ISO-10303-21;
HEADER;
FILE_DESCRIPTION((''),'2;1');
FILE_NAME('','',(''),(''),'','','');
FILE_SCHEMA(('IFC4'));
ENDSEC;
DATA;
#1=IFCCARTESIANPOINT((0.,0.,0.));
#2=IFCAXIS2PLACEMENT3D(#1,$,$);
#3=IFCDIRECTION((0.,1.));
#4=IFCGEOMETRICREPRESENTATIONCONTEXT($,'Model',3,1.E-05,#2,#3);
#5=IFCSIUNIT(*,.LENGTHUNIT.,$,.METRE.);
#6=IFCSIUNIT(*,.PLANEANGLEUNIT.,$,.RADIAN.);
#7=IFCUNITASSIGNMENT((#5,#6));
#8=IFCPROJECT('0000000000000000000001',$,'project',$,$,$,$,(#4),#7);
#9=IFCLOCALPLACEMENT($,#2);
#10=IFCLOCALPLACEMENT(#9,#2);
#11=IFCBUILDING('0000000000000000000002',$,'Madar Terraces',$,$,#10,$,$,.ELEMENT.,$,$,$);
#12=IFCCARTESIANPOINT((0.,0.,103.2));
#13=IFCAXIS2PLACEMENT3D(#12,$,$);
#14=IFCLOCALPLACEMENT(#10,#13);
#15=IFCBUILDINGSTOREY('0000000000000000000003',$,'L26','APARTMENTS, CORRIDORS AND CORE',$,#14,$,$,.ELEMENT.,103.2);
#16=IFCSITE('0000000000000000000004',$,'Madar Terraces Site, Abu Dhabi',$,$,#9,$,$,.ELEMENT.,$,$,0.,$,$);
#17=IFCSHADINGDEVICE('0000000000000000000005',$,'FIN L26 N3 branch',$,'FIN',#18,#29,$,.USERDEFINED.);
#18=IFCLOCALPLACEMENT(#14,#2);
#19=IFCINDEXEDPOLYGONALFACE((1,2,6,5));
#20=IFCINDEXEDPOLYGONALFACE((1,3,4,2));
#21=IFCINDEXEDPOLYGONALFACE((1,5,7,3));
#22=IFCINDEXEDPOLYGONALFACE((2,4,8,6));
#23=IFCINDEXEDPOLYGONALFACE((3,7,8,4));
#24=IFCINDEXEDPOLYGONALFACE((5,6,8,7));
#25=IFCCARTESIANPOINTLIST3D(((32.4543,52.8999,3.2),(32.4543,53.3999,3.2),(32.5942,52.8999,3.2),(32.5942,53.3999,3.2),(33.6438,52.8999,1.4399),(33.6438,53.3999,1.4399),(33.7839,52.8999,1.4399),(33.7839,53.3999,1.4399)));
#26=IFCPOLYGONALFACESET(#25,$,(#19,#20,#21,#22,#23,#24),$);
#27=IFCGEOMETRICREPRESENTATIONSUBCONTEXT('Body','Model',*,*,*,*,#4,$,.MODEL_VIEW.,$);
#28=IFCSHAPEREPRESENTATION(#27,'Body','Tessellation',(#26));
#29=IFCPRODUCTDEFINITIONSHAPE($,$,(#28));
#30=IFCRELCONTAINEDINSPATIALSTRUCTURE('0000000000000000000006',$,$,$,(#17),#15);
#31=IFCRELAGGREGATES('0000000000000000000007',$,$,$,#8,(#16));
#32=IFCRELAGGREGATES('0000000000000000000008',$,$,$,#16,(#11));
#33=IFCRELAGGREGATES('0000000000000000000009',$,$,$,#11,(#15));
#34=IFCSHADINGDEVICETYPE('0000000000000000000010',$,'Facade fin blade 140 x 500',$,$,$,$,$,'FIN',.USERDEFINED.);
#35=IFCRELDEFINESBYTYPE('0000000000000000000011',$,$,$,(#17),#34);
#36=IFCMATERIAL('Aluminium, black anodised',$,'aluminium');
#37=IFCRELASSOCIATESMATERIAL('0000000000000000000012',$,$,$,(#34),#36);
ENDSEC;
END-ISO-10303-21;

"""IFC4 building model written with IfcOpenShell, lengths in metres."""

from ifc_helpers import new_model, si_unit, direction, frame, origin, place, context, subcontext, project, spatial, polyline, outline, extrude, material, type_object, element, save


model = new_model("IFC4")

# Units and contexts
model_context = context("Model", 3, precision=1e-05, world=origin(), true_north=direction((0.0, 1.0)))
body_context = subcontext(model_context, "Body", "Model", "MODEL_VIEW")
ifc_project = project(units=[si_unit("LENGTHUNIT", "METRE"), si_unit("PLANEANGLEUNIT", "RADIAN")], contexts=[model_context])

# Site, building, storey
site_placement = place(None, origin())
site = spatial("IfcSite", under=ifc_project, at=site_placement, Name="Madar Terraces Site, Abu Dhabi", CompositionType="ELEMENT", RefElevation=0.0)
building_placement = place(site_placement, origin())
building = spatial("IfcBuilding", under=site, at=building_placement, Name="Madar Terraces", CompositionType="ELEMENT")
storey_placement = place(building_placement, frame((0.0, 0.0, 103.2)))
storey = spatial("IfcBuildingStorey", under=building, at=storey_placement, Name="L26", Description="APARTMENTS, CORRIDORS AND CORE", CompositionType="ELEMENT", Elevation=103.2)

# Shading device
ifc_material_1 = material(Name="Aluminium, black anodised", Category="aluminium")
shading_device_type = type_object("IfcShadingDeviceType", Name="Facade fin blade 140 x 500", ElementType="FIN", PredefinedType="USERDEFINED", material=ifc_material_1)
shading_device_1_placement = place(storey_placement, frame((33.7839, 53.1499, 1.4399), z_axis=(0.0, 0.0, 1.0), x_axis=(-1.0, 0.0, 0.0)))
element("IfcShadingDevice", 1, at=shading_device_1_placement, inside=storey, type_object=shading_device_type, Name="FIN L26 N3 branch", ObjectType="FIN", PredefinedType="USERDEFINED", context=body_context, shape_type="SweptSolid", body=[
    extrude(outline(polyline([(0.0, 0.0), (0.1401, 0.0), (1.3296, 1.76), (1.1897, 1.76), (0.0, 0.0)])), frame((0.0, 0.25, 0.0), z_axis=(0.0, -1.0, 0.0), x_axis=(1.0, 0.0, 0.0)), (0.0, 0.0, 1.0), 0.5),
])

save(model, "model.ifc")
